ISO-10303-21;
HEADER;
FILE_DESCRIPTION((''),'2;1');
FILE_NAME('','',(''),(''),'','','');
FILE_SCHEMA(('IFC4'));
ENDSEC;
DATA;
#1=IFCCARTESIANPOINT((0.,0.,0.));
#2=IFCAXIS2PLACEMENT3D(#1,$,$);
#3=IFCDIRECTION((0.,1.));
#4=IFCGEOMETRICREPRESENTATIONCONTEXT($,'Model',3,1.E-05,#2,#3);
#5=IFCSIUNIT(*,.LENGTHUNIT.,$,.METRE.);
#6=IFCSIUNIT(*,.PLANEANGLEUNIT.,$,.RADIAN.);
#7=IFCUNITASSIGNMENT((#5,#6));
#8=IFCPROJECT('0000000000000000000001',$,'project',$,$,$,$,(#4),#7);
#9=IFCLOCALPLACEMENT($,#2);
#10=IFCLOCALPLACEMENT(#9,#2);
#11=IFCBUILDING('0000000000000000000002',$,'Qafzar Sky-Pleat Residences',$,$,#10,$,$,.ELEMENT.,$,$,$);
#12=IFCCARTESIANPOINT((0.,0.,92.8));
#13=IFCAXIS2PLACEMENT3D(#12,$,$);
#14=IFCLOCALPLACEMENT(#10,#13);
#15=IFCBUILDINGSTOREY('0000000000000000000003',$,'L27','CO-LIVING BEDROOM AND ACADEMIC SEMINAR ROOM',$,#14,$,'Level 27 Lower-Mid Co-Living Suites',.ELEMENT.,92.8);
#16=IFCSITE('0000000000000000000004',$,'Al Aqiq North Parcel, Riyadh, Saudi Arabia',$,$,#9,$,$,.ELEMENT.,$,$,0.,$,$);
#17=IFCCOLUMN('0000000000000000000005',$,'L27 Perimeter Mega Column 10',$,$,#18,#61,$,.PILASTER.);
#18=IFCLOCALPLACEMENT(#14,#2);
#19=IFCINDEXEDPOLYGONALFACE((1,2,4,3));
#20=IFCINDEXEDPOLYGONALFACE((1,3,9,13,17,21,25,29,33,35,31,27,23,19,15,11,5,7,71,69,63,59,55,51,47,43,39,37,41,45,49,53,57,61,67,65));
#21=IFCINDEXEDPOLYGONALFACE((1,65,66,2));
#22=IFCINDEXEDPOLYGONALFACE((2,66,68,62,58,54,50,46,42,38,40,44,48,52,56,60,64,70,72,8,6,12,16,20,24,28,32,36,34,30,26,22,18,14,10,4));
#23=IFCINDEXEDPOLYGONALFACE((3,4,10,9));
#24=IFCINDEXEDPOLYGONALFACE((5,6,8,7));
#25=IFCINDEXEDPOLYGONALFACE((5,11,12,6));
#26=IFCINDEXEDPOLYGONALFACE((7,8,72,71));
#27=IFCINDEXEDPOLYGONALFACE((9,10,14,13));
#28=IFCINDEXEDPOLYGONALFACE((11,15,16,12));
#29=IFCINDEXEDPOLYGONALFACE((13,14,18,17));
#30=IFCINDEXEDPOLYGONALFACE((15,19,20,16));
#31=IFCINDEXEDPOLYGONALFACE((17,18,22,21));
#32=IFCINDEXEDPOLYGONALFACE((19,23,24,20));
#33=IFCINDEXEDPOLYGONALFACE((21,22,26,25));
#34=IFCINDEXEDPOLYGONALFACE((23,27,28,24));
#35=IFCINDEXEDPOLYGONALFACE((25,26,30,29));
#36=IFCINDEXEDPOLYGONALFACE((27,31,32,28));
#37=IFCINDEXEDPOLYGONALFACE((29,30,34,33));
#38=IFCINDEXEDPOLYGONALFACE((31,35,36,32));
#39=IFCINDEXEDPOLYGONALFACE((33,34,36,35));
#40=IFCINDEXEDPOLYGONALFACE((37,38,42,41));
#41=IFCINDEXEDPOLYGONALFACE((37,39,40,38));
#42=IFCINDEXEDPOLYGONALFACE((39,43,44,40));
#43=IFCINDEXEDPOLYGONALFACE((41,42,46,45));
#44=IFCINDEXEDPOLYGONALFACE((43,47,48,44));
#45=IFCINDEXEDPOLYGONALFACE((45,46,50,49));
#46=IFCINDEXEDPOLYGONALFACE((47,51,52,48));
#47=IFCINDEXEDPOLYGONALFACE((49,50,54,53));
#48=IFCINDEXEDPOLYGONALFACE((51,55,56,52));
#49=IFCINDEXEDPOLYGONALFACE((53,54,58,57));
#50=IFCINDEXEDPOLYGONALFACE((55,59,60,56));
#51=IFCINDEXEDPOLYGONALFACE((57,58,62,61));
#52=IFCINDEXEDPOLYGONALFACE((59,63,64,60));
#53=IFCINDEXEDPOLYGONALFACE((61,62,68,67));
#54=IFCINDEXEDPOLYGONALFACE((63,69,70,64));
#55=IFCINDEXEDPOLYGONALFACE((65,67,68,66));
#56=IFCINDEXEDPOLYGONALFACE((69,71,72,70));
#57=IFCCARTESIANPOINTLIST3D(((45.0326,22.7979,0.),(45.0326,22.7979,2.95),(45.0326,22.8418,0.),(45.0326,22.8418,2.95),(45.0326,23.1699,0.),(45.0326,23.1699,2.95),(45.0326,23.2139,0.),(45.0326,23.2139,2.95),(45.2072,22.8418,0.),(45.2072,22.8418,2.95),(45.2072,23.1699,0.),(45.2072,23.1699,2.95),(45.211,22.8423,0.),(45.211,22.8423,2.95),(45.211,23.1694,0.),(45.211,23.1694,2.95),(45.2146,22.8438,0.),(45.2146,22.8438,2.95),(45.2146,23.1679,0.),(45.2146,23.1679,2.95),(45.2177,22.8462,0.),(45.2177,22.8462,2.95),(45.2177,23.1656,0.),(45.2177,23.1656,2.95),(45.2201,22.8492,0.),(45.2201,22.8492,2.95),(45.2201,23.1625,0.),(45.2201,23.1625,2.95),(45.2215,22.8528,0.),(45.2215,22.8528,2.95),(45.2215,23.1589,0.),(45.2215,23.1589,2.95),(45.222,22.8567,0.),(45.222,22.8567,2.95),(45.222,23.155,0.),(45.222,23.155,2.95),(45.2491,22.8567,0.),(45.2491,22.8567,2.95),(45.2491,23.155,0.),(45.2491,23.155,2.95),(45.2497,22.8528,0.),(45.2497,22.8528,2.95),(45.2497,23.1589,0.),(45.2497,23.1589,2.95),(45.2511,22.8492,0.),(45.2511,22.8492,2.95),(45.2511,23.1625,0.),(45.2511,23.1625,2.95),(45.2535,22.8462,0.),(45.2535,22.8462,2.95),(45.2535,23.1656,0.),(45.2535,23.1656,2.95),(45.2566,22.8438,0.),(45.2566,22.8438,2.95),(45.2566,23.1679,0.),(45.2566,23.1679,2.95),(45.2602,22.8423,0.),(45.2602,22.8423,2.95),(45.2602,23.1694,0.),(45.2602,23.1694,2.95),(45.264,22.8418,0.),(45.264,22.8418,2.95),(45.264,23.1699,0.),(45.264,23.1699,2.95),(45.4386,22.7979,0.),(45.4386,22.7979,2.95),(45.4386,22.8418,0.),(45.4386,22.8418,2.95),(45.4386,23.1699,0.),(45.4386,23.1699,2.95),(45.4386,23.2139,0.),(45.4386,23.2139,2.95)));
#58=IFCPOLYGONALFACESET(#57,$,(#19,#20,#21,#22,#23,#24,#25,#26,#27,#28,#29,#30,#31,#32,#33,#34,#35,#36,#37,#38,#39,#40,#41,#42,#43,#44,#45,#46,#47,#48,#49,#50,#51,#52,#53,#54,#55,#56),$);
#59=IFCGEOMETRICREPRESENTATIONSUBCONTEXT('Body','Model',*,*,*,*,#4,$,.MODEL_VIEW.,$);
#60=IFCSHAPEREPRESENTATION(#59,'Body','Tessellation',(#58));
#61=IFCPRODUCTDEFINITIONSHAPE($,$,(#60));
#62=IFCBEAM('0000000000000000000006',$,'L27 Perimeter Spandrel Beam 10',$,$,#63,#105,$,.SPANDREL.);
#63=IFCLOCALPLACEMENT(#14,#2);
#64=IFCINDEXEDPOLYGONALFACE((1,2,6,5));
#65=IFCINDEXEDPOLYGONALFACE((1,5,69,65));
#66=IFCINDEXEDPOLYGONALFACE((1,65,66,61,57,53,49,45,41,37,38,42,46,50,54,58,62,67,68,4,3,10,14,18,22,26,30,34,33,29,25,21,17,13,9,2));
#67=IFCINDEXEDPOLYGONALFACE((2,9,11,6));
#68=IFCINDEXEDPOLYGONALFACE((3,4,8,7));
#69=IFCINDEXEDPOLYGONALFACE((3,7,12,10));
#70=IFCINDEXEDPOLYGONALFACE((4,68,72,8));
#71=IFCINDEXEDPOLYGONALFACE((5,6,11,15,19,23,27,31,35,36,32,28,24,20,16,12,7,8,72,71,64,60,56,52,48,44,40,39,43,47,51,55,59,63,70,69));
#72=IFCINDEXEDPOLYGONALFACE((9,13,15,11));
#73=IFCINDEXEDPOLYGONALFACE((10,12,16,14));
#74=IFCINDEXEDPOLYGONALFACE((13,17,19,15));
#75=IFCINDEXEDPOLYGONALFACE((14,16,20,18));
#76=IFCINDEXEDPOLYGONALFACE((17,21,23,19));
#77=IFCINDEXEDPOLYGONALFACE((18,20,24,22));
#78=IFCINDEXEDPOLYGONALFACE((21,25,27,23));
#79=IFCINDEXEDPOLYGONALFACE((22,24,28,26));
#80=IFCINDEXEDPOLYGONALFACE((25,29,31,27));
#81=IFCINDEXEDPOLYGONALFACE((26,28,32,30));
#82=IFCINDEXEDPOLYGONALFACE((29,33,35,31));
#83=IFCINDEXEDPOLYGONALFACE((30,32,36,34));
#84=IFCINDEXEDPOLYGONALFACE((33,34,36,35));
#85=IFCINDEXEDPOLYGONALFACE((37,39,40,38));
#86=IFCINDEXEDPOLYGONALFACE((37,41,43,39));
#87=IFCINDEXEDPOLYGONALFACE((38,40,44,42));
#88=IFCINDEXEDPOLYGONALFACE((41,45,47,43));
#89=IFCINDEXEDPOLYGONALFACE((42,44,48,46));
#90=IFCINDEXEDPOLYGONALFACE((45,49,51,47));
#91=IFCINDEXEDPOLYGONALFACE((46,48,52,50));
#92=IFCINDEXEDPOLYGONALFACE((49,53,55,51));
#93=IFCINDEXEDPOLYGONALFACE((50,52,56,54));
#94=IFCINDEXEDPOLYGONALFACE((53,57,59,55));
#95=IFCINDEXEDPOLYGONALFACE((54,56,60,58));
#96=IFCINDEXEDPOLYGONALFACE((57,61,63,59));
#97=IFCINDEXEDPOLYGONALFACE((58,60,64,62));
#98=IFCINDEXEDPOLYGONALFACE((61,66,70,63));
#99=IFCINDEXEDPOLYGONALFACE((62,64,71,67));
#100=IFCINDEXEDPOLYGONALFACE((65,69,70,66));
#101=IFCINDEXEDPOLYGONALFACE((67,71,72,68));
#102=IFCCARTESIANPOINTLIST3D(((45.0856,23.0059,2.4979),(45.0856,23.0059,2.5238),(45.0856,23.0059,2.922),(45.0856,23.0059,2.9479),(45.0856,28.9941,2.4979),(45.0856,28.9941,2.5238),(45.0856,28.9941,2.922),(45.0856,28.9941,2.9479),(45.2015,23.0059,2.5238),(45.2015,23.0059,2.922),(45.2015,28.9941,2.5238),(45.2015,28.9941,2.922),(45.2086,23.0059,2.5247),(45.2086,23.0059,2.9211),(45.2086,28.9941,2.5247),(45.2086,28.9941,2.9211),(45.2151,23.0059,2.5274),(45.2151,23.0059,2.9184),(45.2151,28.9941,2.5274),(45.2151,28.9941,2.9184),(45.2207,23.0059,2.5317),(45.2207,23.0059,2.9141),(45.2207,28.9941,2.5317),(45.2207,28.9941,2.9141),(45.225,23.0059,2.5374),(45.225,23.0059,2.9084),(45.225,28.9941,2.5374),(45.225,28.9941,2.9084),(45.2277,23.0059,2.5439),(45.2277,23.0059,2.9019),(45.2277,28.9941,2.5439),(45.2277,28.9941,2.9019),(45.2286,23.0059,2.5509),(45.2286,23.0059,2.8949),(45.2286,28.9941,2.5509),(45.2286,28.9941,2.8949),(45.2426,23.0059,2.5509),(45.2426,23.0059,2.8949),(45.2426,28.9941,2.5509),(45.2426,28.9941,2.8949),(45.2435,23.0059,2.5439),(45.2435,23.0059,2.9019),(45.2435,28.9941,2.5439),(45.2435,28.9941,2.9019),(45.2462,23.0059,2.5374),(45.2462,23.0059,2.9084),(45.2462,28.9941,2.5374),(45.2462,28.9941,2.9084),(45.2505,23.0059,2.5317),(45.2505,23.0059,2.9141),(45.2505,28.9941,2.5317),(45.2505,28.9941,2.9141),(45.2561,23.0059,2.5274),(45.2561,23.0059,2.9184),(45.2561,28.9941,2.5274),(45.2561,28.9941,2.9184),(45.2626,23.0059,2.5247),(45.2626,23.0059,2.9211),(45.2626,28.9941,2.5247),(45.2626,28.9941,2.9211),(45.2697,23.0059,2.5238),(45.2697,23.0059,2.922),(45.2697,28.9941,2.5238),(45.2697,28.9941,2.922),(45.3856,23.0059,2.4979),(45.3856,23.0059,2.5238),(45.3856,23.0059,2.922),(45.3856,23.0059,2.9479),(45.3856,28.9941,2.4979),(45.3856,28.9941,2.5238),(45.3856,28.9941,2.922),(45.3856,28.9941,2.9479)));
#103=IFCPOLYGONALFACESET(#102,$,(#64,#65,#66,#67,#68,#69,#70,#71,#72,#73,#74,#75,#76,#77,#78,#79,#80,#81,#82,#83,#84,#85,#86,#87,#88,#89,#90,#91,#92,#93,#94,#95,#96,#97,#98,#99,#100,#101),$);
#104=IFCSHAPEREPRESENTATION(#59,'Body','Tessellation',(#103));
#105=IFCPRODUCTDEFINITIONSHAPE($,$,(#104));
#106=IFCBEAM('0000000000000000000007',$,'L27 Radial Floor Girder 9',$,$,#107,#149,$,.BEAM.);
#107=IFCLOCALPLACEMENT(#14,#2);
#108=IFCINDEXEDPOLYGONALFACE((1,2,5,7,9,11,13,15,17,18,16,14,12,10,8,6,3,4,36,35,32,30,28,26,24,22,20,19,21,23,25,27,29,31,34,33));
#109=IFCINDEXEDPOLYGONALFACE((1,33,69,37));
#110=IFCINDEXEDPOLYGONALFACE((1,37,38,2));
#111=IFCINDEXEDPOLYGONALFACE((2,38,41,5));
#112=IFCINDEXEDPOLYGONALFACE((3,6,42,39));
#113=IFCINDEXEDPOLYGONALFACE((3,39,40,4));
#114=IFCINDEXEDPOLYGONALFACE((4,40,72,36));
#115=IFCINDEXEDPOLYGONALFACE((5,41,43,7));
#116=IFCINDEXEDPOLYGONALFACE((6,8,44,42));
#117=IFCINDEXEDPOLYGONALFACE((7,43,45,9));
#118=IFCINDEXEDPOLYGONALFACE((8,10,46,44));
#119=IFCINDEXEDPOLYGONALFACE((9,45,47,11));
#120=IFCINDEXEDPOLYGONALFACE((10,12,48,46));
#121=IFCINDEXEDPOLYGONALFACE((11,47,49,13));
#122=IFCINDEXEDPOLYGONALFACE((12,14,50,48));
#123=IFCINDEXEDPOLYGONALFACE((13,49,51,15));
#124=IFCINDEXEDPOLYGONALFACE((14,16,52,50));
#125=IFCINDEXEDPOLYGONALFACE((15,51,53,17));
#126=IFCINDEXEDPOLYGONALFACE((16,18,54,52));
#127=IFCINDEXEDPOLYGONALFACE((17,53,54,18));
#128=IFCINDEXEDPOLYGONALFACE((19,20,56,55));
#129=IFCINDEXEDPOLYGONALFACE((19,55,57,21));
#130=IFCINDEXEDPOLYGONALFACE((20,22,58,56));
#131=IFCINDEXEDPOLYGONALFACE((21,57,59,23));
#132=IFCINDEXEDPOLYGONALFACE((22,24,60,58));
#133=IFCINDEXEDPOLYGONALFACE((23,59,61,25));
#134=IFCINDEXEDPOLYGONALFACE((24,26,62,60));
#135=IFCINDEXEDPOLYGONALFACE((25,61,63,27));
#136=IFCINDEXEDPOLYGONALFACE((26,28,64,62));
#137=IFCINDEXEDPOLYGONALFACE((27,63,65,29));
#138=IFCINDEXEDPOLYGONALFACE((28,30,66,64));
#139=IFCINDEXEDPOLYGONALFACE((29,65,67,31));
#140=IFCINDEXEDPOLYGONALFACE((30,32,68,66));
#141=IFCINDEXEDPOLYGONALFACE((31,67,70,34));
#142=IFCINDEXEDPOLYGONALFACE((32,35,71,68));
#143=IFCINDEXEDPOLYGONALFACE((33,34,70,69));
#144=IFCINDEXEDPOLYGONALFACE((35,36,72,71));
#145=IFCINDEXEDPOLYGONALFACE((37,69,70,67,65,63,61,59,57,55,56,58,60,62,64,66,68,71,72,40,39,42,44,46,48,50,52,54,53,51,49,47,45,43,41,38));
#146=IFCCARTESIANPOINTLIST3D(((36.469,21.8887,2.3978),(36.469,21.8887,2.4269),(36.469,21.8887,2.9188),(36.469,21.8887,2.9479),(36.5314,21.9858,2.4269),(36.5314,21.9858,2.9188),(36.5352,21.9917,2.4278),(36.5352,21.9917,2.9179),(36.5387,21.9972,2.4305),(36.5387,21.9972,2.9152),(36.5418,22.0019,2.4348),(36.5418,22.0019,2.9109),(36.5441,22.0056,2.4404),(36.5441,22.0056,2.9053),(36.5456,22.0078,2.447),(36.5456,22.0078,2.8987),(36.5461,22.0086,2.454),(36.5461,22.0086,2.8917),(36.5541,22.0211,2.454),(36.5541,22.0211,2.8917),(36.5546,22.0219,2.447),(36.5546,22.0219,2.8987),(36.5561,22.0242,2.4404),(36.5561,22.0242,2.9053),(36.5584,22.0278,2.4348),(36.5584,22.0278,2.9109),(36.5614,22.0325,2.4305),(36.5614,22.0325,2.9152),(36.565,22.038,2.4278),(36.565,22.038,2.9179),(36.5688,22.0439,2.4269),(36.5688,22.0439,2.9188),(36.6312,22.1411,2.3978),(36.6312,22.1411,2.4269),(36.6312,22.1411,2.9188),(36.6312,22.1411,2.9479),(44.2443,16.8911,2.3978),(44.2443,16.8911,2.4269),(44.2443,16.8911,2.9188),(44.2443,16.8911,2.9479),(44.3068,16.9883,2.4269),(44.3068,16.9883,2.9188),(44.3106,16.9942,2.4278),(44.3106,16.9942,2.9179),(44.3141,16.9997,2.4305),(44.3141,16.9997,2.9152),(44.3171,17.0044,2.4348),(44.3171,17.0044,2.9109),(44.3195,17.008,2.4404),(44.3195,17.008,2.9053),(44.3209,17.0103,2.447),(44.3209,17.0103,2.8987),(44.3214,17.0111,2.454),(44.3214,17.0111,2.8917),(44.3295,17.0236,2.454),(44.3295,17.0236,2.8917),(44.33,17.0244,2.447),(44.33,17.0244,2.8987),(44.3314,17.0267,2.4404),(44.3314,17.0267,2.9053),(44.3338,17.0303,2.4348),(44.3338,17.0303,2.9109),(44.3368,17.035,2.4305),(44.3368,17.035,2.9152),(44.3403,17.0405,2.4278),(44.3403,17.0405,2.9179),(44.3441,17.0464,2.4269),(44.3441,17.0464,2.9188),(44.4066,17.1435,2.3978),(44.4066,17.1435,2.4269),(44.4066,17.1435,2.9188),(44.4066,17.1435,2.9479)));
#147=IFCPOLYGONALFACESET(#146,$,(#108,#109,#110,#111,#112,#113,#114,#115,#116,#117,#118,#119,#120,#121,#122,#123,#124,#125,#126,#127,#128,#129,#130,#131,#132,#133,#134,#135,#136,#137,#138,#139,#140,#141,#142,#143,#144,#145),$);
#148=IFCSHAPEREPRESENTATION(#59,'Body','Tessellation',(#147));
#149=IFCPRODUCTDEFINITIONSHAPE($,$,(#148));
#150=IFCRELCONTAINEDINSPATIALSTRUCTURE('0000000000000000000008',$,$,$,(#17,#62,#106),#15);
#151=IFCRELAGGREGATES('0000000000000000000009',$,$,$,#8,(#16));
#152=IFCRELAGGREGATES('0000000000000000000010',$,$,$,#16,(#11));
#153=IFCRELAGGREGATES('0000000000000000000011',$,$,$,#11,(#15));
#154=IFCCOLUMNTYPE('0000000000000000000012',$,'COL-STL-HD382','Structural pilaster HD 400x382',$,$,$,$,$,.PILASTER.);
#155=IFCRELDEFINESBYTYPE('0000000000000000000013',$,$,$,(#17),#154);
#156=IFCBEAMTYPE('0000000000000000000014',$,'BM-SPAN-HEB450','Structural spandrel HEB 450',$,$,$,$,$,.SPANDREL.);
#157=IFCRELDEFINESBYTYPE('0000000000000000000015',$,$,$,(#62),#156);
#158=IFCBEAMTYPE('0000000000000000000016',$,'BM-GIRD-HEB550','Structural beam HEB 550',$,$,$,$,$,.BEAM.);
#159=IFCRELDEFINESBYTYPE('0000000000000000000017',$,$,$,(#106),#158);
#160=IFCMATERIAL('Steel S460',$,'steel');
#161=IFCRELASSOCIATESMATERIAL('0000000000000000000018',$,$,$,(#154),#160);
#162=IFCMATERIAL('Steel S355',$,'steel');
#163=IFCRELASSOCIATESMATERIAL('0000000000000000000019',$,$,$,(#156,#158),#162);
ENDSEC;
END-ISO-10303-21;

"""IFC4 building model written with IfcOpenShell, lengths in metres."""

from ifc_helpers import new_model, si_unit, direction, frame, origin, origin_2d, place, context, subcontext, project, spatial, i_section, extrude, source, transform, mapped, material, material_profile, profile_set, type_object, element, save


model = new_model("IFC4")

# Units and contexts
model_context = context("Model", 3, precision=1e-05, world=origin(), true_north=direction((0.0, 1.0)))
body_context = subcontext(model_context, "Body", "Model", "MODEL_VIEW")
ifc_project = project(units=[si_unit("LENGTHUNIT", "METRE"), si_unit("PLANEANGLEUNIT", "RADIAN")], contexts=[model_context])

# Site, building, storey
site_placement = place(None, origin())
site = spatial("IfcSite", under=ifc_project, at=site_placement, Name="Al Aqiq North Parcel, Riyadh, Saudi Arabia", CompositionType="ELEMENT", RefElevation=0.0)
building_placement = place(site_placement, origin())
building = spatial("IfcBuilding", under=site, at=building_placement, Name="Qafzar Sky-Pleat Residences", CompositionType="ELEMENT")
storey_placement = place(building_placement, frame((0.0, 0.0, 92.8)))
storey = spatial("IfcBuildingStorey", under=building, at=storey_placement, Name="L27", Description="CO-LIVING BEDROOM AND ACADEMIC SEMINAR ROOM", LongName="Level 27 Lower-Mid Co-Living Suites", CompositionType="ELEMENT", Elevation=92.8)

# Column
ifc_material_1 = material(Name="Steel S460", Category="steel")
ifc_material_profile_1 = material_profile(ifc_material_1, i_section(OverallWidth=0.406, OverallDepth=0.416, WebThickness=0.0271, FlangeThickness=0.0439, FilletRadius=0.0149, at=origin_2d()), Name="HD 400x382")
ifc_profile_set_1 = profile_set([ifc_material_profile_1], Name="Steel S460")
column_type = type_object("IfcColumnType", Name="COL-STL-HD382", Description="Structural pilaster HD 400x382", PredefinedType="PILASTER", material=ifc_profile_set_1)
shared_shape_1 = source(origin(), body_context, "Body", "SweptSolid", [
    extrude(i_section(OverallWidth=0.406, OverallDepth=0.416, WebThickness=0.0271, FlangeThickness=0.0439, FilletRadius=0.0149, at=origin_2d()), origin(), (0.0, 0.0, 1.0), 2.95),
])
column_placement = place(storey_placement, frame((45.2356, 23.0059, 0.0), z_axis=(0.0, 0.0, 1.0), x_axis=(1.0, 0.0, 0.0)))
element("IfcColumn", 1, at=column_placement, inside=storey, type_object=column_type, Name="L27 Perimeter Mega Column 10", PredefinedType="PILASTER", context=body_context, shape_type="MappedRepresentation", body=[
    mapped(shared_shape_1, transform((0.0, 0.0, 0.0), x_axis=(1.0, 0.0, 0.0), y_axis=(0.0, 1.0, 0.0), z_axis=(0.0, 0.0, 1.0), scale=1.0)),
])

# Beams
ifc_material_2 = material(Name="Steel S355", Category="steel")
ifc_material_profile_2 = material_profile(ifc_material_2, i_section(OverallWidth=0.3, OverallDepth=0.45, WebThickness=0.0139, FlangeThickness=0.0259, FilletRadius=0.0271, at=origin_2d()), Name="HEB 450")
ifc_profile_set_2 = profile_set([ifc_material_profile_2], Name="Steel S355")
beam_type_1 = type_object("IfcBeamType", Name="BM-SPAN-HEB450", Description="Structural spandrel HEB 450", PredefinedType="SPANDREL", material=ifc_profile_set_2)
shared_shape_2 = source(origin(), body_context, "Body", "SweptSolid", [
    extrude(i_section(OverallWidth=0.3, OverallDepth=0.45, WebThickness=0.0139, FlangeThickness=0.0259, FilletRadius=0.0271, at=origin_2d()), origin(), (0.0, 0.0, 1.0), 5.9883),
])
beam_1_placement = place(storey_placement, frame((45.2356, 23.0059, 2.7229), z_axis=(0.0, 1.0, 0.0), x_axis=(-1.0, 0.0, 0.0)))
element("IfcBeam", 2, at=beam_1_placement, inside=storey, type_object=beam_type_1, Name="L27 Perimeter Spandrel Beam 10", PredefinedType="SPANDREL", context=body_context, shape_type="MappedRepresentation", body=[
    mapped(shared_shape_2, transform((0.0, 0.0, 0.0), x_axis=(1.0, 0.0, 0.0), y_axis=(0.0, 1.0, 0.0), z_axis=(0.0, 0.0, 1.0), scale=1.0)),
])
ifc_material_profile_3 = material_profile(ifc_material_2, i_section(OverallWidth=0.3, OverallDepth=0.55, WebThickness=0.0149, FlangeThickness=0.0291, FilletRadius=0.0271, at=origin_2d()), Name="HEB 550")
ifc_profile_set_3 = profile_set([ifc_material_profile_3], Name="Steel S355")
beam_type_2 = type_object("IfcBeamType", Name="BM-GIRD-HEB550", Description="Structural beam HEB 550", PredefinedType="BEAM", material=ifc_profile_set_3)
shared_shape_3 = source(origin(), body_context, "Body", "SweptSolid", [
    extrude(i_section(OverallWidth=0.3, OverallDepth=0.55, WebThickness=0.0149, FlangeThickness=0.0291, FilletRadius=0.0271, at=origin_2d()), origin(), (0.0, 0.0, 1.0), 9.2429),
])
beam_2_placement = place(storey_placement, frame((44.3254, 17.0173, 2.6729), z_axis=(-0.841223, 0.540688, 0.0), x_axis=(-0.540688, -0.841223, 0.0)))
element("IfcBeam", 3, at=beam_2_placement, inside=storey, type_object=beam_type_2, Name="L27 Radial Floor Girder 9", PredefinedType="BEAM", context=body_context, shape_type="MappedRepresentation", body=[
    mapped(shared_shape_3, transform((0.0, 0.0, 0.0), x_axis=(1.0, 0.0, 0.0), y_axis=(0.0, 1.0, 0.0), z_axis=(0.0, 0.0, 1.0), scale=1.0)),
])

save(model, "model.ifc")
